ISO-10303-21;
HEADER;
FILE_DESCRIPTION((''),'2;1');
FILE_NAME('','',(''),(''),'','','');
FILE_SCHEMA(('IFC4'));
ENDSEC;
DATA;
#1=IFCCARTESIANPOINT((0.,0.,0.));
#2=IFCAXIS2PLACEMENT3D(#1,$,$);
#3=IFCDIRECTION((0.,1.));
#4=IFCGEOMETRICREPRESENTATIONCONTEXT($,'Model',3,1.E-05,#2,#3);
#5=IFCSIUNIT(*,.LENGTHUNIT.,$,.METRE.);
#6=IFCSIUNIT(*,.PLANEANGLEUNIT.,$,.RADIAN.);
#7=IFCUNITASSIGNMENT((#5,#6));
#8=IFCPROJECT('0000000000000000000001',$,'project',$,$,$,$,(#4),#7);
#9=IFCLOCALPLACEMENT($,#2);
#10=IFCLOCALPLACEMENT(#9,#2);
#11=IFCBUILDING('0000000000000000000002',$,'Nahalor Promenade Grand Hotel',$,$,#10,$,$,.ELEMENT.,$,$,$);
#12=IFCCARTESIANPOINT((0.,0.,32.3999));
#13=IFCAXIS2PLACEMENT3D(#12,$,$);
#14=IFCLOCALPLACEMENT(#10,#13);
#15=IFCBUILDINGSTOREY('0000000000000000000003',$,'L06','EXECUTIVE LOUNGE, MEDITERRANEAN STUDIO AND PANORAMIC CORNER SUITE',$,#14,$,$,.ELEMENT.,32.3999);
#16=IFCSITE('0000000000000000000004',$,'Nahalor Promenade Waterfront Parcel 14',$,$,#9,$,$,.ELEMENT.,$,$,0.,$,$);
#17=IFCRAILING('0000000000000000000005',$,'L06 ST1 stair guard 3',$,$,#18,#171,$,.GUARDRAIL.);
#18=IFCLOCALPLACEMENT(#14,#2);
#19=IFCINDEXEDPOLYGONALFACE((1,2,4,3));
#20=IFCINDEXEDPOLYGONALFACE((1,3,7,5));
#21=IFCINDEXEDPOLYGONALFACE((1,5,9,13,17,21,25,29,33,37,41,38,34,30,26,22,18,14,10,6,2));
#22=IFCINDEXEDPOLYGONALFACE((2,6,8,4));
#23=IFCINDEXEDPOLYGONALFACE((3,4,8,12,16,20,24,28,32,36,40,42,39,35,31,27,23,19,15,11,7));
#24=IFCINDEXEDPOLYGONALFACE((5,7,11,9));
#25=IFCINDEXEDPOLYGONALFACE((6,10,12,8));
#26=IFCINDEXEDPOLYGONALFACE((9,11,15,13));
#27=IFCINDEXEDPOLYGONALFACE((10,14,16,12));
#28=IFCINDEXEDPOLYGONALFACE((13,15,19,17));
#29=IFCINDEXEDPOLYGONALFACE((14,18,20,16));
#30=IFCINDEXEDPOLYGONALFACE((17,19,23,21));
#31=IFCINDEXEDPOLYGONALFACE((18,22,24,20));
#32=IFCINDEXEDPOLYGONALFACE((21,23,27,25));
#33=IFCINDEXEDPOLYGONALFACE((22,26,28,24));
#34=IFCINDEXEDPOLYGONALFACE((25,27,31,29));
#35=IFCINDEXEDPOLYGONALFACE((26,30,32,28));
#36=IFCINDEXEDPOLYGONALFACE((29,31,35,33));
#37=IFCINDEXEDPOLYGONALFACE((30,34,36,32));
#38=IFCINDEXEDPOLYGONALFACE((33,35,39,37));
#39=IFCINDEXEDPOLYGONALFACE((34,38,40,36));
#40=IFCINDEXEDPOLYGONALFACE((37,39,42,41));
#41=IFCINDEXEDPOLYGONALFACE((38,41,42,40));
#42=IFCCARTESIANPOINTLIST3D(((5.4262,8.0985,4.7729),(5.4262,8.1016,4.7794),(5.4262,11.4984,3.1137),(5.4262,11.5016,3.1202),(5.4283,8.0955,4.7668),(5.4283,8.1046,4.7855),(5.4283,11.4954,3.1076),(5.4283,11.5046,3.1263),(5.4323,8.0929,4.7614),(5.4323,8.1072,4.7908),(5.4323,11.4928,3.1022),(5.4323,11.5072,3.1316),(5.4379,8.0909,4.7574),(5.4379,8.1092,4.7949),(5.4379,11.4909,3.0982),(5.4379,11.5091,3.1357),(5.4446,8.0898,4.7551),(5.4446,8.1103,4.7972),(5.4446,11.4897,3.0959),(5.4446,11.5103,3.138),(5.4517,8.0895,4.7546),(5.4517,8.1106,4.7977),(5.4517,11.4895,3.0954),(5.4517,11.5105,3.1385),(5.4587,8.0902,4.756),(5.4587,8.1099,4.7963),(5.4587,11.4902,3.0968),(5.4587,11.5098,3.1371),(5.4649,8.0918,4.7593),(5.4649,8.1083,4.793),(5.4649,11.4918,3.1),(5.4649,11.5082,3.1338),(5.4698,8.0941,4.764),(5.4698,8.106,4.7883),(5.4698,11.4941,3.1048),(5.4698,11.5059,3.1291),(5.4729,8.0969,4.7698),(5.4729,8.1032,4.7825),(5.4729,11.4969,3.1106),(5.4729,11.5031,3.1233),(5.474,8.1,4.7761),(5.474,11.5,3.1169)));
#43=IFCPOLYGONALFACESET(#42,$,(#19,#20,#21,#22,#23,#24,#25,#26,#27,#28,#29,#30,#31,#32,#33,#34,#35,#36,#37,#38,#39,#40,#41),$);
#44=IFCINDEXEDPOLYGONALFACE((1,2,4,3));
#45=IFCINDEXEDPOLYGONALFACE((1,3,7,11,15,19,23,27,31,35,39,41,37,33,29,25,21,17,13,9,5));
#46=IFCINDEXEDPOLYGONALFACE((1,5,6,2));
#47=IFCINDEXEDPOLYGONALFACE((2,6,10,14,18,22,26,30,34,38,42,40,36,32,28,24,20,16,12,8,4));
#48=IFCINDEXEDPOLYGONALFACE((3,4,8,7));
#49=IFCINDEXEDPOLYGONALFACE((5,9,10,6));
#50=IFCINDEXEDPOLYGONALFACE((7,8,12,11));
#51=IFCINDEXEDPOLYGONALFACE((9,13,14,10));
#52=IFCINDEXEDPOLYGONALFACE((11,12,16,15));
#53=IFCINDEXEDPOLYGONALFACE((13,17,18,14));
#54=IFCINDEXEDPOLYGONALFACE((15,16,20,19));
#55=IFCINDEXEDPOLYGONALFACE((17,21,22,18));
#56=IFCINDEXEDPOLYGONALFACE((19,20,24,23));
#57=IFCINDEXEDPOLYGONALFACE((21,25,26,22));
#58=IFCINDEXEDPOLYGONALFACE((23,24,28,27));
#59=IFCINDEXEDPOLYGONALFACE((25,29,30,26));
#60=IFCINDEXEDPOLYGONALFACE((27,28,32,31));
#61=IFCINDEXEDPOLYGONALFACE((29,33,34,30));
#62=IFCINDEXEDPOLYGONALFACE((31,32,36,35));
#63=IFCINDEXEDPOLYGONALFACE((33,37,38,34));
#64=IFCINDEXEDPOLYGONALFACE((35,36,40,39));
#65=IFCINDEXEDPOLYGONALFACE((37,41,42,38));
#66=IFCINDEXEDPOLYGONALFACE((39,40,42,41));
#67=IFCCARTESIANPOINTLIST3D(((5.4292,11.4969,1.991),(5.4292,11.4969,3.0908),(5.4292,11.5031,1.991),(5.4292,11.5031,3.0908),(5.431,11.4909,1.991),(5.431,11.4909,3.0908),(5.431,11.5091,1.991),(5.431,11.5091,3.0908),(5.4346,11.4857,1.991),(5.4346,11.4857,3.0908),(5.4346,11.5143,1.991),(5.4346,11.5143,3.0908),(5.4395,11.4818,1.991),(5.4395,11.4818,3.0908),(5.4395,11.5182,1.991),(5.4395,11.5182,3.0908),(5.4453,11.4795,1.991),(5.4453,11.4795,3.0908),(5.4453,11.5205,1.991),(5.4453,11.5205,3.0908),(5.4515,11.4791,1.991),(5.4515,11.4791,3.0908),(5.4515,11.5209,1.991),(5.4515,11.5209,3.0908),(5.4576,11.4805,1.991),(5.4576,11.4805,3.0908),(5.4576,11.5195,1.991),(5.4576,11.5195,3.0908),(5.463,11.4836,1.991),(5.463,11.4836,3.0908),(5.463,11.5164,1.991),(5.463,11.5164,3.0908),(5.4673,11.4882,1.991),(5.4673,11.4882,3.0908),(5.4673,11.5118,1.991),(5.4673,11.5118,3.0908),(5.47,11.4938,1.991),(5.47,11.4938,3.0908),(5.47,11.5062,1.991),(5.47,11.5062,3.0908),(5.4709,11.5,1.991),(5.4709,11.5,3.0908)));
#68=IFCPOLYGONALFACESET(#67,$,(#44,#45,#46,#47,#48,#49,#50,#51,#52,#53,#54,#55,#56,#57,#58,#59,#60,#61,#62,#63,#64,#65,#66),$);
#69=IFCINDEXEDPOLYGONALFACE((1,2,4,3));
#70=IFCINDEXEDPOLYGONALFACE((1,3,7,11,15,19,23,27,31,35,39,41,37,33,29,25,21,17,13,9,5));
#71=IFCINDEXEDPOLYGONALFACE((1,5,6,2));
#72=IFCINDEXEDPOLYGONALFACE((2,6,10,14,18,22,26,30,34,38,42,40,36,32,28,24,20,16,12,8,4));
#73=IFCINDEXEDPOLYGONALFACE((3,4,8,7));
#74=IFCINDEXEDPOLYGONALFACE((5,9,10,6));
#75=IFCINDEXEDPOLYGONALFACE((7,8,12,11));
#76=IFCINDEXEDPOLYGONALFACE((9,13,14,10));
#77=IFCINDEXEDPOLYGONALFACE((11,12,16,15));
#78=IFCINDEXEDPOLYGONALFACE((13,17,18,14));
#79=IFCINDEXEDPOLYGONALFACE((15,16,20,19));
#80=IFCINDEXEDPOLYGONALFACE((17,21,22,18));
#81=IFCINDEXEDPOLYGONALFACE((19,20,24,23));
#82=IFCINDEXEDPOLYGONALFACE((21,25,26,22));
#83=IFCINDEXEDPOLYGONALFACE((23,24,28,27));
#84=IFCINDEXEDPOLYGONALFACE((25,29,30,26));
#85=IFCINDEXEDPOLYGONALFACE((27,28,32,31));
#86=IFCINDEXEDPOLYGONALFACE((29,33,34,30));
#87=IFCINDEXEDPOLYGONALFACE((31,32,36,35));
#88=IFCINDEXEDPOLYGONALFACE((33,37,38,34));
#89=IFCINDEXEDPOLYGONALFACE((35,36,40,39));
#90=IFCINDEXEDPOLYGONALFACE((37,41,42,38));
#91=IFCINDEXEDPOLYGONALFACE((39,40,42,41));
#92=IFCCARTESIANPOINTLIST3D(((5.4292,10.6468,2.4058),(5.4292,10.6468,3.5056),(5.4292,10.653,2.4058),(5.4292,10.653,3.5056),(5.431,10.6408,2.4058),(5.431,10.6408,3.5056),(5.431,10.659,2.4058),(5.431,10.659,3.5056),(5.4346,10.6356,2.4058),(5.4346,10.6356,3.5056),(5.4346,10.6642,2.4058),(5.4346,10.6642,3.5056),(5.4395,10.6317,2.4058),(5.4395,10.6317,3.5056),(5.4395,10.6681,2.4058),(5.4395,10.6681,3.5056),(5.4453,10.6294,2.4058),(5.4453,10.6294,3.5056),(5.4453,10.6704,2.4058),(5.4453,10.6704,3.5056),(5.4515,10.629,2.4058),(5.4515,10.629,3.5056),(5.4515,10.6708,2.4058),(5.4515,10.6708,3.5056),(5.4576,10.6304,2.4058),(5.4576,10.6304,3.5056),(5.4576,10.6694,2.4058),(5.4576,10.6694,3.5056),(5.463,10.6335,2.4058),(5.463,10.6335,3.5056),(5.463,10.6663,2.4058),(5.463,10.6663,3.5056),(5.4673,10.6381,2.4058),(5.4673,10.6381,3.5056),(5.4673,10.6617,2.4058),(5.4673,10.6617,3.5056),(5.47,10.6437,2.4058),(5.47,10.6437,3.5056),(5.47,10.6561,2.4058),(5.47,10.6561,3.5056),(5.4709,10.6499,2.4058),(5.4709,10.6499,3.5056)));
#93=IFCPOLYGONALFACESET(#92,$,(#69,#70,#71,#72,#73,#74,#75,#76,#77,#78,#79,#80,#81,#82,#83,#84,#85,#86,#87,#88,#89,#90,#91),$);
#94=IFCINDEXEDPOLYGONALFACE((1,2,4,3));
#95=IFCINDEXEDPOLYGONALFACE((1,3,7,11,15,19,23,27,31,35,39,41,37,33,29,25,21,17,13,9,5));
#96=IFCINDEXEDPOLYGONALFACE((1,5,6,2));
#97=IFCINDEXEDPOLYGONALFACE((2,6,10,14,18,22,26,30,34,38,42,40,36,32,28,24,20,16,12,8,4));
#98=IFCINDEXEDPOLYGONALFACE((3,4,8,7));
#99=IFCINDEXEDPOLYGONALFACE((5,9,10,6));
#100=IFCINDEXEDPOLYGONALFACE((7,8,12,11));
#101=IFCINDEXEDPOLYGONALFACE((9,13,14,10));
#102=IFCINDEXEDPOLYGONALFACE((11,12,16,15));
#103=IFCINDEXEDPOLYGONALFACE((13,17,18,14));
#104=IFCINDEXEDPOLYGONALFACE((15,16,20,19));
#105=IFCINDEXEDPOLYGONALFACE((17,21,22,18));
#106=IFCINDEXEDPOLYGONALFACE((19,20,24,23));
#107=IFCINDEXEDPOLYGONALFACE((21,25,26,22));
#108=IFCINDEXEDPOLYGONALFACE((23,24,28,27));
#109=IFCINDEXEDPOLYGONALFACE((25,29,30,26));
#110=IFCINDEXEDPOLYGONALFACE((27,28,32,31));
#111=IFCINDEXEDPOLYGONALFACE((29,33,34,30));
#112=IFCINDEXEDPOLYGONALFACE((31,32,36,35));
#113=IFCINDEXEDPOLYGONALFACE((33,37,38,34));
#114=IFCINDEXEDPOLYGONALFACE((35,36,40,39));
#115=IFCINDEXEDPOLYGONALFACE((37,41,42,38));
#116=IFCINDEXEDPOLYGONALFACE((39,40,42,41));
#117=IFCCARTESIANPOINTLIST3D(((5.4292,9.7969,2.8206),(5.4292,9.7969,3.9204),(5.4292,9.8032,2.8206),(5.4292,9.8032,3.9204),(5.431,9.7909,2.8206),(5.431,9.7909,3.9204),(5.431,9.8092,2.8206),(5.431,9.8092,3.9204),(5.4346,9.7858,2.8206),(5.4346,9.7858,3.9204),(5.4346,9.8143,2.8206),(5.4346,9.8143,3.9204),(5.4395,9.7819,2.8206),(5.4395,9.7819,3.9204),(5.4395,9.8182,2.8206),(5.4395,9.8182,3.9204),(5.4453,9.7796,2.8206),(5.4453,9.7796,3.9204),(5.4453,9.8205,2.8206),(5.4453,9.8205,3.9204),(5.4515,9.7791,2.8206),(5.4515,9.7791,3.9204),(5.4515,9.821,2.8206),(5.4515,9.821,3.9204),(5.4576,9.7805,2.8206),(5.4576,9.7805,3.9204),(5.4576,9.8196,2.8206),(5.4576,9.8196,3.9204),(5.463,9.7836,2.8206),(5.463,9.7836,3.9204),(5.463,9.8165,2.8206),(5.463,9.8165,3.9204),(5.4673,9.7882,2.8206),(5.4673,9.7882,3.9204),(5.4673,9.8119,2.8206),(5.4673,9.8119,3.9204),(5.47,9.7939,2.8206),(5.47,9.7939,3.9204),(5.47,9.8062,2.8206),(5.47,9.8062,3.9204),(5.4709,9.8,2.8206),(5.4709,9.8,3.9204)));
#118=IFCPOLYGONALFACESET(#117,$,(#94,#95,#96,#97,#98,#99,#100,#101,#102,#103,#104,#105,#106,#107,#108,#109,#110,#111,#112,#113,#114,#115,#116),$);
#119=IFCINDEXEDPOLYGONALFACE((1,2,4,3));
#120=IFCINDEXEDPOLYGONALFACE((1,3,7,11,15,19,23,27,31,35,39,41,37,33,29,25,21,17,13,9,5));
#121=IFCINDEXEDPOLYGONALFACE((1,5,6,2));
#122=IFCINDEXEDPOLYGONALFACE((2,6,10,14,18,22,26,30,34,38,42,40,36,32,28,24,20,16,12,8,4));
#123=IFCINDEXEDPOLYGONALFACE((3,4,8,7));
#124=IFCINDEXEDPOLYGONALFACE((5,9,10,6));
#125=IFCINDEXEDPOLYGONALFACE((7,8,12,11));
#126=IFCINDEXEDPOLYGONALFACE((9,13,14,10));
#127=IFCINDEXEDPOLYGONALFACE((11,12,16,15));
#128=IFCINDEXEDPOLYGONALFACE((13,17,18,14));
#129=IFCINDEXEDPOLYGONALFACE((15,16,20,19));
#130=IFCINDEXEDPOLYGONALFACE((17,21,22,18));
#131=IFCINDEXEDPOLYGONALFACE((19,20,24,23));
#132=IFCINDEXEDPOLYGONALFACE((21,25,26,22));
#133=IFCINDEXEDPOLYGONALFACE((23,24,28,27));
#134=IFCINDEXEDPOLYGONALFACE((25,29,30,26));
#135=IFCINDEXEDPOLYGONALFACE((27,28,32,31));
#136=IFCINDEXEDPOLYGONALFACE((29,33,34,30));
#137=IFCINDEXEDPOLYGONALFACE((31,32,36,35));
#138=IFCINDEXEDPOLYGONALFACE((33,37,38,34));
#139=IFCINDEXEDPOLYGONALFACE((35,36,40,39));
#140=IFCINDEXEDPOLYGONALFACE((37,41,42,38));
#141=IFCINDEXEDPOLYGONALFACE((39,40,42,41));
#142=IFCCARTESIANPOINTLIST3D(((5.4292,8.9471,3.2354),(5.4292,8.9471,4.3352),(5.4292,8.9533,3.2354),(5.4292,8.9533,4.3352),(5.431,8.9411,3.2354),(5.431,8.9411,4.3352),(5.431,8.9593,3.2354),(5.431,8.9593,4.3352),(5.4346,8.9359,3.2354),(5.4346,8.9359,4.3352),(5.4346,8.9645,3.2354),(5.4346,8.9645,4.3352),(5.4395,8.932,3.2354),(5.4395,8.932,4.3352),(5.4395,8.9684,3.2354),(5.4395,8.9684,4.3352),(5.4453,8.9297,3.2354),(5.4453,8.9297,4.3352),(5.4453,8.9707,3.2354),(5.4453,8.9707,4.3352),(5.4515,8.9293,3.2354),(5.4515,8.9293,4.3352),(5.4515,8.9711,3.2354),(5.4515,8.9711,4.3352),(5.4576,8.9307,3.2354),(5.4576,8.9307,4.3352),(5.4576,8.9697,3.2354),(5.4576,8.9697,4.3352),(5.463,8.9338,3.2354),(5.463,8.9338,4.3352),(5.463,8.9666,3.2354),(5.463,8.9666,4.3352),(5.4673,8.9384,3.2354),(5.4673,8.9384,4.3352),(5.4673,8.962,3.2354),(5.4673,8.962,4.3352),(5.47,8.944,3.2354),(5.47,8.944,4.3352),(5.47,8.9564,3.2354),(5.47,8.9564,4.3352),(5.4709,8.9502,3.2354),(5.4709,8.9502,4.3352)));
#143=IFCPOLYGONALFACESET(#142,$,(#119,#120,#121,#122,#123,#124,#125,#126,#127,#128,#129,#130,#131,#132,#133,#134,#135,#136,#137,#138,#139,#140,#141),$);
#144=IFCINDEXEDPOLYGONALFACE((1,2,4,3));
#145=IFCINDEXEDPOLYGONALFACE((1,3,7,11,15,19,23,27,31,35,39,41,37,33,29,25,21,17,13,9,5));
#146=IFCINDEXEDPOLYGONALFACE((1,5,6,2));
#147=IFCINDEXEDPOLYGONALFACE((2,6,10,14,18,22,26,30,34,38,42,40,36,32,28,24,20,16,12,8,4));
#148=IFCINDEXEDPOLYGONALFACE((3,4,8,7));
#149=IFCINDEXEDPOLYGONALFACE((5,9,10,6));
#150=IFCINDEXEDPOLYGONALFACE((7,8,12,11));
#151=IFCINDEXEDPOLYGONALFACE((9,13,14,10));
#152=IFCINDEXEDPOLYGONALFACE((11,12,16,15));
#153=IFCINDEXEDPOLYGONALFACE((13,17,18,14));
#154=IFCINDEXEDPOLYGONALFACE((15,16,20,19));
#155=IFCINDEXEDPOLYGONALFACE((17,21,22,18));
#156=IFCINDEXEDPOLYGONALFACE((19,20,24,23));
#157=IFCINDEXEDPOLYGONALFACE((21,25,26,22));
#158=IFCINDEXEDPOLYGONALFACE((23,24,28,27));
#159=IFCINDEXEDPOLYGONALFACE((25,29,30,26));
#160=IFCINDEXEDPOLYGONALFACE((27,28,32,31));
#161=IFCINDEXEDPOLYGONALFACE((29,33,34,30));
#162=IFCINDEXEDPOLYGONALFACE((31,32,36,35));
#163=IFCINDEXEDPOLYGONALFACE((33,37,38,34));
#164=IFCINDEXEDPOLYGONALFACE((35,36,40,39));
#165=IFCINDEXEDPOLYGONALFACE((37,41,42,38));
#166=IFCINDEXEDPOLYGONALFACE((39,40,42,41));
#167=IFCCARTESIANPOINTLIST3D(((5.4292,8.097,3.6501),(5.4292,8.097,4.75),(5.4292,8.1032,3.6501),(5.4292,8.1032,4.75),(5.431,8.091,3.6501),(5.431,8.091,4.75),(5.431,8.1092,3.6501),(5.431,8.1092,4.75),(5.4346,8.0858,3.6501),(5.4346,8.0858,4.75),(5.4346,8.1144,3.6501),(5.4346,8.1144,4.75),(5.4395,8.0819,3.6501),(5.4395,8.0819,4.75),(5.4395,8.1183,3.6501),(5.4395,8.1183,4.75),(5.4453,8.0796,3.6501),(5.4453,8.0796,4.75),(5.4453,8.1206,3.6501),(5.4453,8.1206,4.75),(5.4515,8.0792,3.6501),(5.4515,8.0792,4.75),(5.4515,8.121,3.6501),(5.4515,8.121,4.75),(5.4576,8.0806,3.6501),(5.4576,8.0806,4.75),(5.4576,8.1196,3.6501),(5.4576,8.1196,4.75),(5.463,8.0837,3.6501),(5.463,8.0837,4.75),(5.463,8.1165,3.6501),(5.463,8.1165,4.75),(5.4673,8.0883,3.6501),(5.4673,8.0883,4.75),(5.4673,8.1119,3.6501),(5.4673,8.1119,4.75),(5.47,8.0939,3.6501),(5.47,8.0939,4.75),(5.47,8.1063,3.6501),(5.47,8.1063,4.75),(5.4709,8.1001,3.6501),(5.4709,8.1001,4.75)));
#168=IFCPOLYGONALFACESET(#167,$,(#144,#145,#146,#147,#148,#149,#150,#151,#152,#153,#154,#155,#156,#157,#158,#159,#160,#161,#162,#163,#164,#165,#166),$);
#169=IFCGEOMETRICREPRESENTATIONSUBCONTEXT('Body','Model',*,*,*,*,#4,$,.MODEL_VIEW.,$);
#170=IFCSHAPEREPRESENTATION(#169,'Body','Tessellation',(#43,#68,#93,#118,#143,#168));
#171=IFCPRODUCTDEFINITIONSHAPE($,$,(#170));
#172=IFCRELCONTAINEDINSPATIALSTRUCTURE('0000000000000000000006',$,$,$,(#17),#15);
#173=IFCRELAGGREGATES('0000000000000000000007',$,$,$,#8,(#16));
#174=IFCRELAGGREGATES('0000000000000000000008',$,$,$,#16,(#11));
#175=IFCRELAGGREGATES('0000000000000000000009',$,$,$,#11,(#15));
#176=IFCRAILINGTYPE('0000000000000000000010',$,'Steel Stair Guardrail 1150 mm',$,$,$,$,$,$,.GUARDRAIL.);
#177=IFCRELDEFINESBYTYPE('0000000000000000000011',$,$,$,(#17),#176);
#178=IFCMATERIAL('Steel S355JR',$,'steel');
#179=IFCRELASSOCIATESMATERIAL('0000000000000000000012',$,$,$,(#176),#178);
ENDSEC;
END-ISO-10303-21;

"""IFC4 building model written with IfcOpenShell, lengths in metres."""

from ifc_helpers import new_model, si_unit, direction, frame, origin, origin_2d, place, context, subcontext, project, spatial, circle, extrude, material, type_object, element, save


model = new_model("IFC4")

# Units and contexts
model_context = context("Model", 3, precision=1e-05, world=origin(), true_north=direction((0.0, 1.0)))
body_context = subcontext(model_context, "Body", "Model", "MODEL_VIEW")
ifc_project = project(units=[si_unit("LENGTHUNIT", "METRE"), si_unit("PLANEANGLEUNIT", "RADIAN")], contexts=[model_context])

# Site, building, storey
site_placement = place(None, origin())
site = spatial("IfcSite", under=ifc_project, at=site_placement, Name="Nahalor Promenade Waterfront Parcel 14", CompositionType="ELEMENT", RefElevation=0.0)
building_placement = place(site_placement, origin())
building = spatial("IfcBuilding", under=site, at=building_placement, Name="Nahalor Promenade Grand Hotel", CompositionType="ELEMENT")
storey_placement = place(building_placement, frame((0.0, 0.0, 32.3999)))
storey = spatial("IfcBuildingStorey", under=building, at=storey_placement, Name="L06", Description="EXECUTIVE LOUNGE, MEDITERRANEAN STUDIO AND PANORAMIC CORNER SUITE", CompositionType="ELEMENT", Elevation=32.3999)

# Shared definitions
ifc_material_1 = material(Name="Steel S355JR", Category="steel")

# Railing
railing_type_1 = type_object("IfcRailingType", Name="Steel Stair Guardrail 1150 mm", PredefinedType="GUARDRAIL", material=ifc_material_1)
railing_1_placement = place(storey_placement, frame((5.45, 11.5, 1.991)))
element("IfcRailing", 1, at=railing_1_placement, inside=storey, type_object=railing_type_1, Name="L06 ST1 stair guard 3", PredefinedType="GUARDRAIL", context=body_context, shape_type="SweptSolid", body=[
    extrude(circle(Radius=0.024, at=origin_2d()), frame((0.0, 0.0, 1.126), z_axis=(0.0, -0.898696, 0.438571), x_axis=(1.0, 0.0, 0.0)), (0.0, 0.0, 1.0), 3.7832),
    extrude(circle(Radius=0.021, at=origin_2d()), origin(), (0.0, 0.0, 1.0), 1.0999),
    extrude(circle(Radius=0.021, at=origin_2d()), frame((0.0, -0.8501, 0.4148)), (0.0, 0.0, 1.0), 1.0999),
    extrude(circle(Radius=0.021, at=origin_2d()), frame((0.0, -1.7, 0.8296)), (0.0, 0.0, 1.0), 1.0999),
    extrude(circle(Radius=0.021, at=origin_2d()), frame((0.0, -2.5498, 1.2444)), (0.0, 0.0, 1.0), 1.0999),
    extrude(circle(Radius=0.021, at=origin_2d()), frame((0.0, -3.3999, 1.6592)), (0.0, 0.0, 1.0), 1.0999),
])

save(model, "model.ifc")
